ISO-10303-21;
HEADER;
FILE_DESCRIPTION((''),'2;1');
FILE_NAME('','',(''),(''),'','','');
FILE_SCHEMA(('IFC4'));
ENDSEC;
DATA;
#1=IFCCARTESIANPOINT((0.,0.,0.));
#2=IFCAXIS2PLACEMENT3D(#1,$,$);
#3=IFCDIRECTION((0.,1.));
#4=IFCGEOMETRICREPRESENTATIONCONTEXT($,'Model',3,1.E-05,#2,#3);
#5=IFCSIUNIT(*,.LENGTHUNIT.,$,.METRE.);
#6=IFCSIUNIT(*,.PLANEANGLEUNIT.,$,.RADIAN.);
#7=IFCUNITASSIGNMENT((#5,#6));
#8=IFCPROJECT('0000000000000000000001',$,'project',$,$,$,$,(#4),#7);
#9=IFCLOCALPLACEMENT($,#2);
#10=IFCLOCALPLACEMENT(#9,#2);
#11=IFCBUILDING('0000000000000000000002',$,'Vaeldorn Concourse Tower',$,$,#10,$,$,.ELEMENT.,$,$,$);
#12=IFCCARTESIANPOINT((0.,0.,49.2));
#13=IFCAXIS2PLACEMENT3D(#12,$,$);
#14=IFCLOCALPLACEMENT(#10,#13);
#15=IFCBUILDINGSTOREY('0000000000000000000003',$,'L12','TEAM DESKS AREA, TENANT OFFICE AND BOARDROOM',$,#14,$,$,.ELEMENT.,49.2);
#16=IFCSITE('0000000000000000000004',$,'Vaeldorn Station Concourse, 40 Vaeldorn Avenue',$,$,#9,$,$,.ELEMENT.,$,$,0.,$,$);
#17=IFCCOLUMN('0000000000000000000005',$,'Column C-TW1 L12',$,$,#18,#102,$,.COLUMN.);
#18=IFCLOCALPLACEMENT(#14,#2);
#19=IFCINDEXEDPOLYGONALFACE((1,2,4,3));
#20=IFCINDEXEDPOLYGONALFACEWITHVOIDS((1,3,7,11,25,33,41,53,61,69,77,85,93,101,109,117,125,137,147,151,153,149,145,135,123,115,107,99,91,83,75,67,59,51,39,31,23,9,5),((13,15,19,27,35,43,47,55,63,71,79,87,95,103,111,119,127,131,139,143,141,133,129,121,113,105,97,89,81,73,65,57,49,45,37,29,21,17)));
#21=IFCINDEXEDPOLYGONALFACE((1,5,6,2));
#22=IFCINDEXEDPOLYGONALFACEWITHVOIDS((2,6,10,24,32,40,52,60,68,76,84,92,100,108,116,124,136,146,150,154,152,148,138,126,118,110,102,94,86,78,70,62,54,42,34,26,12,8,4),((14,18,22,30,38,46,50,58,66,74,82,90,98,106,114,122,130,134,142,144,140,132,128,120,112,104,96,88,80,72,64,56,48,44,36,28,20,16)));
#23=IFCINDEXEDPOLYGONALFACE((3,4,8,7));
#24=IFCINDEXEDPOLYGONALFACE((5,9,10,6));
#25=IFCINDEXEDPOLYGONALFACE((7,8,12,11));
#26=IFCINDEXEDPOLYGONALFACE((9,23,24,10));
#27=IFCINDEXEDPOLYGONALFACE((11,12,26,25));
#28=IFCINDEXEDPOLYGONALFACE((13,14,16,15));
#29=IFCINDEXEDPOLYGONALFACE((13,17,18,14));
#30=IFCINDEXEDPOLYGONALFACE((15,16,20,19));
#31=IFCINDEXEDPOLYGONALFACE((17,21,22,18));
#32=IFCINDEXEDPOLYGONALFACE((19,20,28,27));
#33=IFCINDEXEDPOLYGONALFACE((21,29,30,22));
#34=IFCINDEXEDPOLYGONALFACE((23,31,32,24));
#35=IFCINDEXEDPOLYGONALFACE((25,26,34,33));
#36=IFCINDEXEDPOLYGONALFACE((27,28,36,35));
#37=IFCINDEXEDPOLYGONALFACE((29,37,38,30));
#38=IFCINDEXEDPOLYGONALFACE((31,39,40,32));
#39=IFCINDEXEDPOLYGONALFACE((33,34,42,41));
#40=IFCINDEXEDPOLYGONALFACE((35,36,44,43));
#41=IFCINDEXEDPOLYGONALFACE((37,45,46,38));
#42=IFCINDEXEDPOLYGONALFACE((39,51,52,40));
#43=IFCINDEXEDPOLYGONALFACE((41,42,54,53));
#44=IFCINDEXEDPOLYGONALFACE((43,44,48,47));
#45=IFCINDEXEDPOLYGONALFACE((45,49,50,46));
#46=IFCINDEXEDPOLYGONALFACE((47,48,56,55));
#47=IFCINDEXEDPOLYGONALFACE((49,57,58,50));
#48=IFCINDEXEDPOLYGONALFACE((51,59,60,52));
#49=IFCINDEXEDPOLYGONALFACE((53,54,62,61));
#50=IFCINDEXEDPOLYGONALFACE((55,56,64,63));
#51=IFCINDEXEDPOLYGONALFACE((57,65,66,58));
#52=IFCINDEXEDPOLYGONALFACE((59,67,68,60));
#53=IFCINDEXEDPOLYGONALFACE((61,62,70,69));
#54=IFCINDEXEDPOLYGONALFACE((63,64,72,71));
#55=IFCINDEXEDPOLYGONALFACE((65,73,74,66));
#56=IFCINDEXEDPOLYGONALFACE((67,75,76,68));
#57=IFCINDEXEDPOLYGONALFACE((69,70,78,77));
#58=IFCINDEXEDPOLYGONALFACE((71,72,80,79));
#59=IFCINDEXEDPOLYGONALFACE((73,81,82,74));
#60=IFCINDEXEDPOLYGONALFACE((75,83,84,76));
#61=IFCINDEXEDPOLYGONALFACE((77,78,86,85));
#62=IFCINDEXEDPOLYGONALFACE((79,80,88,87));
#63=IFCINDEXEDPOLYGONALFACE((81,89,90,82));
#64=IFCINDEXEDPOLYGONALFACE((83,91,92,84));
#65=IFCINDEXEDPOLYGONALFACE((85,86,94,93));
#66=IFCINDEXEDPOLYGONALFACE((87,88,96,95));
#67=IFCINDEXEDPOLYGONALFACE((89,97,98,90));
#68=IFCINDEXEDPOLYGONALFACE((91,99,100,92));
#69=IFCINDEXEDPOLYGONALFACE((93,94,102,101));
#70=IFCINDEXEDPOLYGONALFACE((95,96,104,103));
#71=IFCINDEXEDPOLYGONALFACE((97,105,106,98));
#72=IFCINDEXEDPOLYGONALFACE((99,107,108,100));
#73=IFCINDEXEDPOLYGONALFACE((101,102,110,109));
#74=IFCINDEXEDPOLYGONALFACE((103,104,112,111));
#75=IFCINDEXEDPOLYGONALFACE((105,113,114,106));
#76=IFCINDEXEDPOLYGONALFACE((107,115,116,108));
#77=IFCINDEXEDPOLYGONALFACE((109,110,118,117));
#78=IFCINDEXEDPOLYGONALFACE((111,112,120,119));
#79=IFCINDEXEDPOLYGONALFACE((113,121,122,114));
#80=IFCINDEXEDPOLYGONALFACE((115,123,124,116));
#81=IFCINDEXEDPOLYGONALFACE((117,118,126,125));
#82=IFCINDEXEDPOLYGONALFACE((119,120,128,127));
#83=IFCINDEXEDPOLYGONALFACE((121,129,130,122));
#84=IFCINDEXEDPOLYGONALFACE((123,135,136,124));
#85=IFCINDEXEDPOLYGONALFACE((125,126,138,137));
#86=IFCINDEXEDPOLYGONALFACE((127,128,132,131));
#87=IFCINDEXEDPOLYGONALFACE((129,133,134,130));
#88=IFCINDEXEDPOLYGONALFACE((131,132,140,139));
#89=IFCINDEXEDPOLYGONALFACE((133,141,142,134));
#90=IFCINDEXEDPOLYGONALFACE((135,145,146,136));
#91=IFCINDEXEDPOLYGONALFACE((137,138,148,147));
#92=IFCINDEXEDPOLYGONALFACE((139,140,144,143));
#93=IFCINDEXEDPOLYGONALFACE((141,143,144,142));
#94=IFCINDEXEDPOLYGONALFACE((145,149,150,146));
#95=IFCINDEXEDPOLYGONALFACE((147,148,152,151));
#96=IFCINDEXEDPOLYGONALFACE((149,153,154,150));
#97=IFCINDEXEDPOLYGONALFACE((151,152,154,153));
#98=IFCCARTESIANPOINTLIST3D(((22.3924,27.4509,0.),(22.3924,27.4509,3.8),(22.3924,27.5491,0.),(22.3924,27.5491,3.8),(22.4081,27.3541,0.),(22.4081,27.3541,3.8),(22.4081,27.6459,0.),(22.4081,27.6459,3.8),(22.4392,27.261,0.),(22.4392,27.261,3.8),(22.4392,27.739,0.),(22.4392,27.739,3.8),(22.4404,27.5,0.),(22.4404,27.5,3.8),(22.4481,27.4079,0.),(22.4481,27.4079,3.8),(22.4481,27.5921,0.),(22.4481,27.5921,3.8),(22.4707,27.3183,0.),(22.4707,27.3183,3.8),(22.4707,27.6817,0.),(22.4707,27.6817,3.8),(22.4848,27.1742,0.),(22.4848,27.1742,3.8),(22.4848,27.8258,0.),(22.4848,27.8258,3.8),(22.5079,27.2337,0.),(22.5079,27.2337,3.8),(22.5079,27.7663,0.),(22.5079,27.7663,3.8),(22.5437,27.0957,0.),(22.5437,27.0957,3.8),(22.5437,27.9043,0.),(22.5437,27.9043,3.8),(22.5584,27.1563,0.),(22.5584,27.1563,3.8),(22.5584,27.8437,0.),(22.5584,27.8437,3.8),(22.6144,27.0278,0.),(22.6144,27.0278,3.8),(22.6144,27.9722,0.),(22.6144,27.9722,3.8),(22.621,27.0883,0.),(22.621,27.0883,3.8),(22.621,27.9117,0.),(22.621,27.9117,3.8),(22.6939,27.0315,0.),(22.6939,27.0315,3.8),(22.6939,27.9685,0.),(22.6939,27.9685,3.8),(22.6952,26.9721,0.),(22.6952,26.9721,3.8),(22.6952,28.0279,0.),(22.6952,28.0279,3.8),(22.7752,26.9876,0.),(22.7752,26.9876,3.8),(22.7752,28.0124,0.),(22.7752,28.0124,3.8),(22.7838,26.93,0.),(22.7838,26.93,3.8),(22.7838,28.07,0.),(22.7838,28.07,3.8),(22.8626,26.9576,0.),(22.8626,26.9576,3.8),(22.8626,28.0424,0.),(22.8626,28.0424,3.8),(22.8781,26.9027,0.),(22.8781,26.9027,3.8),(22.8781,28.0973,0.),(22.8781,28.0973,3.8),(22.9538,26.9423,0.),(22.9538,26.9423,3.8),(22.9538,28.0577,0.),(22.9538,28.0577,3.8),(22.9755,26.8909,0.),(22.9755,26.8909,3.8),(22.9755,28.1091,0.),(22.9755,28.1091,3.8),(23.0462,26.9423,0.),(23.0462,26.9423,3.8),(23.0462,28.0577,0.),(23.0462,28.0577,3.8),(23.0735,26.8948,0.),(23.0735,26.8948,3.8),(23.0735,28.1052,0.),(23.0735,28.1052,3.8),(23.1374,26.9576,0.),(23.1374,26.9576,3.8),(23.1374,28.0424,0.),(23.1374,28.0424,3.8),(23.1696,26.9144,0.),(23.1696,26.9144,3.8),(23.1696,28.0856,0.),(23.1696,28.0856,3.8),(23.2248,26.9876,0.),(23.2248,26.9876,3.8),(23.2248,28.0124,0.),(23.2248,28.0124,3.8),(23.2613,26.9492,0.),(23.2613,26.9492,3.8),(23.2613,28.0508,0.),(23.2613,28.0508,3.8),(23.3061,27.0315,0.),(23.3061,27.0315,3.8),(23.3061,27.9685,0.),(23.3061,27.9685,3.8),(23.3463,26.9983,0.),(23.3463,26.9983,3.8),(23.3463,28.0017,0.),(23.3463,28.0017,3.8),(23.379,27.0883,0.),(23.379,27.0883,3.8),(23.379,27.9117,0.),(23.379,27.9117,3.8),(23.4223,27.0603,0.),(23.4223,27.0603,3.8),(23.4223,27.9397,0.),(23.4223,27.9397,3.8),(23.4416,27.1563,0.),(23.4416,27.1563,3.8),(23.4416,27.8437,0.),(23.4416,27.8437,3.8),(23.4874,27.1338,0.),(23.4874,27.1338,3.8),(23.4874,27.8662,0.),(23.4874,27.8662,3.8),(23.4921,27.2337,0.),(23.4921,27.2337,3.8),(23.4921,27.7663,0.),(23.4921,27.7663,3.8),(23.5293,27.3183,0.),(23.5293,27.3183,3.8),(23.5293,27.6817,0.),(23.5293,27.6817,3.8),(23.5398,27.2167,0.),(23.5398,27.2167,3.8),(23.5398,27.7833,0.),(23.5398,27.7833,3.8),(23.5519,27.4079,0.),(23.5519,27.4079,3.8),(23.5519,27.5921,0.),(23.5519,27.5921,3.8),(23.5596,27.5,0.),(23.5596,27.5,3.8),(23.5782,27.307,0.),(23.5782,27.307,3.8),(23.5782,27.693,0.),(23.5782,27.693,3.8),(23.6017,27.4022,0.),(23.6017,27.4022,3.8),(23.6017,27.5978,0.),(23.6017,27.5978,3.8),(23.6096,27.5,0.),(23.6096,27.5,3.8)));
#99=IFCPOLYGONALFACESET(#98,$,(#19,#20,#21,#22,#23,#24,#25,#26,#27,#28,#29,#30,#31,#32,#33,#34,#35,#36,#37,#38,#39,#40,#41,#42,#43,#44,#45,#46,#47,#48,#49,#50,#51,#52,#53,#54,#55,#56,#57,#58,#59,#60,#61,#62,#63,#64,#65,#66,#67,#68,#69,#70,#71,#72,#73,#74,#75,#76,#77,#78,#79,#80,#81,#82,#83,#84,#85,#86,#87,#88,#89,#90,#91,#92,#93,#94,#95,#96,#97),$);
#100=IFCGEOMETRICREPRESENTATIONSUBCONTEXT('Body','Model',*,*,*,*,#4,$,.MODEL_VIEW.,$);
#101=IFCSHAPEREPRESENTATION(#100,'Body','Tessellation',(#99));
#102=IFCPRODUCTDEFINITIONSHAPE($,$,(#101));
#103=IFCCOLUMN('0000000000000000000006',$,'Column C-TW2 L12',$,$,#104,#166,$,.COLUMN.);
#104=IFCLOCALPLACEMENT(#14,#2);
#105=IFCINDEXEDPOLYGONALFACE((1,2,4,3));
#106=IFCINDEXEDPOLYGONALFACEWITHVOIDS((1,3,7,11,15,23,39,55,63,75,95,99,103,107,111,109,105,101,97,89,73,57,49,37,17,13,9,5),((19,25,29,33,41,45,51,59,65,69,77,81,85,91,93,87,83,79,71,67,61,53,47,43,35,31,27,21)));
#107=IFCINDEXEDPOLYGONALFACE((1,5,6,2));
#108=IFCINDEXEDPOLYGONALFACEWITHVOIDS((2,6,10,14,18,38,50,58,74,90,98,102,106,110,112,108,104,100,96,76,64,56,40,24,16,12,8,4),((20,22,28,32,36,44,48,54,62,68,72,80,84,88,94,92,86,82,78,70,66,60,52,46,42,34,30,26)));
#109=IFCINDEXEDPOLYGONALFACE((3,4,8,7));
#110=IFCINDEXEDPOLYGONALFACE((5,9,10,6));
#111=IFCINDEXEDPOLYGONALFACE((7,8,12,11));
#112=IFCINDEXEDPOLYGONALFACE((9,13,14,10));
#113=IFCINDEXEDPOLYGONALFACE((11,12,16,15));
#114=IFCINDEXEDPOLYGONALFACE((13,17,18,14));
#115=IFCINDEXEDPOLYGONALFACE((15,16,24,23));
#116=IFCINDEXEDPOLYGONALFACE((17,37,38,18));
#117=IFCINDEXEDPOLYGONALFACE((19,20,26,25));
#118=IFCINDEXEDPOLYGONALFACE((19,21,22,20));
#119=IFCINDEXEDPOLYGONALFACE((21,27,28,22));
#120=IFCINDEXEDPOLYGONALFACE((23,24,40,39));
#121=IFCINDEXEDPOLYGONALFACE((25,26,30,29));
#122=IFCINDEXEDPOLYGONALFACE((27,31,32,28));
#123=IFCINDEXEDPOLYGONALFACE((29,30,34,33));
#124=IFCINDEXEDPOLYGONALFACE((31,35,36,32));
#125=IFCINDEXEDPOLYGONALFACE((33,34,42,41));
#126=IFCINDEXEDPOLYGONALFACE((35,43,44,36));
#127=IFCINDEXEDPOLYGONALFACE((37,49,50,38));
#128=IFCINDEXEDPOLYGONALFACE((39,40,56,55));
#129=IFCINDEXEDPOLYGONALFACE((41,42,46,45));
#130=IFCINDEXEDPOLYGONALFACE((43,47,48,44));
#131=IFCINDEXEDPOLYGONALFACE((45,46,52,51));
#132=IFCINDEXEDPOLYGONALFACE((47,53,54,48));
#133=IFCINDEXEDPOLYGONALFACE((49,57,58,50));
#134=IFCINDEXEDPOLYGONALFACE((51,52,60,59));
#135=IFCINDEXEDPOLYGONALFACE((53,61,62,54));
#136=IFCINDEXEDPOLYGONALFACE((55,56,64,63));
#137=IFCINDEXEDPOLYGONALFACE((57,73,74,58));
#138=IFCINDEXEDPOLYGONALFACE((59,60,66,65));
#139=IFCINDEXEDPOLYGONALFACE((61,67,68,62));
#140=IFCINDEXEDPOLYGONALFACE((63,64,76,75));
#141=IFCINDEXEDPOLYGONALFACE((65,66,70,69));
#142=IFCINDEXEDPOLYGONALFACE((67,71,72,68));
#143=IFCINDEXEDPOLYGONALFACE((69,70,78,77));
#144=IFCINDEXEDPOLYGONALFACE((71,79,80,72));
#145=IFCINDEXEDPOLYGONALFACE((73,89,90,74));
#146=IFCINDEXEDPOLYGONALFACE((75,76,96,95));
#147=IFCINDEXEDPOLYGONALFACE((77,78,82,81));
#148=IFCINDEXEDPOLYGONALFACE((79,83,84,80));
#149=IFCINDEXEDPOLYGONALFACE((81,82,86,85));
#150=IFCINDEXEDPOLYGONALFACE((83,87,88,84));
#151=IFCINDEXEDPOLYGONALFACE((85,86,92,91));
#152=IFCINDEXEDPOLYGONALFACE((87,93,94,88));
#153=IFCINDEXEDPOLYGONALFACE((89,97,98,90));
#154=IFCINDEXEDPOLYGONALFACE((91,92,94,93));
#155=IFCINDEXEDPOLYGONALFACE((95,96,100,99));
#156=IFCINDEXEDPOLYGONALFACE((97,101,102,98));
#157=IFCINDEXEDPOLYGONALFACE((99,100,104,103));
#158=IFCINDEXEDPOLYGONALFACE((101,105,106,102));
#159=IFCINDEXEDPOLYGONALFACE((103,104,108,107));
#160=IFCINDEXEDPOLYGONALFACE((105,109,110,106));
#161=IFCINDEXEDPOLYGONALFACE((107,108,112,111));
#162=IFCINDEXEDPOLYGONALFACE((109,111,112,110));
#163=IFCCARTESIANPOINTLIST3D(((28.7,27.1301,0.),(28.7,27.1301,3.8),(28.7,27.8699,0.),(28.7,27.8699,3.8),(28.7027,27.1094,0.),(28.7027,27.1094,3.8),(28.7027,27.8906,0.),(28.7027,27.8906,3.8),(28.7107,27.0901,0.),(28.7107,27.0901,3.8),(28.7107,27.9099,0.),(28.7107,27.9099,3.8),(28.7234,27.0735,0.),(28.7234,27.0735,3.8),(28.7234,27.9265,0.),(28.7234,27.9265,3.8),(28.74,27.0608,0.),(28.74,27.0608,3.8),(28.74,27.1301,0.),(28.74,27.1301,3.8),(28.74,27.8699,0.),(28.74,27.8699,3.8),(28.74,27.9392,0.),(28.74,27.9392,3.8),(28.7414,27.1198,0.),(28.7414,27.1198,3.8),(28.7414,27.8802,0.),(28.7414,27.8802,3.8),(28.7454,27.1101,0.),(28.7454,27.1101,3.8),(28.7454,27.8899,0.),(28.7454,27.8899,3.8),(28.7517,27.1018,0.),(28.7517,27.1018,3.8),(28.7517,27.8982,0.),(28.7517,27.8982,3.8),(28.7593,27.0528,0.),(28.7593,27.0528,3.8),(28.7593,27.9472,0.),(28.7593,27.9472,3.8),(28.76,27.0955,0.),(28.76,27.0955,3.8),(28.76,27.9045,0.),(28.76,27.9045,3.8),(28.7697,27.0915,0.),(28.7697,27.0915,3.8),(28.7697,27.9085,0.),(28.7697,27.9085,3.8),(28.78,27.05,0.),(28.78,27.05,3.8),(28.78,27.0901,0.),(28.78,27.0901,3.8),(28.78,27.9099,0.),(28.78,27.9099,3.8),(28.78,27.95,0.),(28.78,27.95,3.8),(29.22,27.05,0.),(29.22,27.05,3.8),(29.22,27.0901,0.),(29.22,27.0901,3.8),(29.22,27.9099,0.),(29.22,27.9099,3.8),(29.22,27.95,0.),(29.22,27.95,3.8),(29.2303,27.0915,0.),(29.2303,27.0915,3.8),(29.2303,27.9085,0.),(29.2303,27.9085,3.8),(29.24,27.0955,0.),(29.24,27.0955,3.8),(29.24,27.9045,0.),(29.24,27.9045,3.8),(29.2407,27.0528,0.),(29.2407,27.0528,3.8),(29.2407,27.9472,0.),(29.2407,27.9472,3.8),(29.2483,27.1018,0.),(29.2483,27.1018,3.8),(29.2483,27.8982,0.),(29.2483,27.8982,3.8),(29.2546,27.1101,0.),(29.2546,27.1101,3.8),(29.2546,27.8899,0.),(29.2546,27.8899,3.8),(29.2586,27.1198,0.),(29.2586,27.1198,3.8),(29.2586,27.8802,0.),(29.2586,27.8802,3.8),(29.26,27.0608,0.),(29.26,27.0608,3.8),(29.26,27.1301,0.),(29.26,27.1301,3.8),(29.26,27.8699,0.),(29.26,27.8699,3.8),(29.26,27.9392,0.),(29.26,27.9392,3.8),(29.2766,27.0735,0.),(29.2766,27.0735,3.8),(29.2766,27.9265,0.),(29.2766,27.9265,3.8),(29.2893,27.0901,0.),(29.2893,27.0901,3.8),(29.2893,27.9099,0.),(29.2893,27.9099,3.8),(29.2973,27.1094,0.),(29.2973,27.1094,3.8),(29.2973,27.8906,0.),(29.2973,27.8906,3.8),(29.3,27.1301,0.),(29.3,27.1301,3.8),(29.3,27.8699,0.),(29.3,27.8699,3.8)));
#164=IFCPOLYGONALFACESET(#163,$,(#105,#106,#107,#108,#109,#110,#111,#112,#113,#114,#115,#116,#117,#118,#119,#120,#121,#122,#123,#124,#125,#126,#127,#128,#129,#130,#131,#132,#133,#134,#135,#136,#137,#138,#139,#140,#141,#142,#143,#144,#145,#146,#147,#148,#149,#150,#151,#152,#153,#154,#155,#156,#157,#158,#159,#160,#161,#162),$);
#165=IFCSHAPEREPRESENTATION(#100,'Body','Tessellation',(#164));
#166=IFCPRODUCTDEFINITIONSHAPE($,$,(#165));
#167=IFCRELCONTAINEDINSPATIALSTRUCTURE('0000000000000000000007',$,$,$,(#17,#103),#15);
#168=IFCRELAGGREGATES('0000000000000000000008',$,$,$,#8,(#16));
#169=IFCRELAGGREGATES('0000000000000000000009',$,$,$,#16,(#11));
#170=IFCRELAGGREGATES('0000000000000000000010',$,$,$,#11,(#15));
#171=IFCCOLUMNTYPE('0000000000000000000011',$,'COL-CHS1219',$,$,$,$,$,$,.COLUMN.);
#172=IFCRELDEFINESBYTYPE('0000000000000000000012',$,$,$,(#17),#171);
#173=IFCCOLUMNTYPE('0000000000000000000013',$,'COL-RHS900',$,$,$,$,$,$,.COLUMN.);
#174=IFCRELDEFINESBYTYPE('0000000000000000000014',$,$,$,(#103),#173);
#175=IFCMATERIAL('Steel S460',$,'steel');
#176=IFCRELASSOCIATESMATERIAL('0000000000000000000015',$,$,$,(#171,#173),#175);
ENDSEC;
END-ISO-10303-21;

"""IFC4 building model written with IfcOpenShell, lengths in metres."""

from ifc_helpers import new_model, si_unit, direction, frame, origin, origin_2d, place, context, subcontext, project, spatial, hollow_rectangle, hollow_circle, extrude, source, transform, mapped, material, material_profile, profile_set, type_object, element, save


model = new_model("IFC4")

# Units and contexts
model_context = context("Model", 3, precision=1e-05, world=origin(), true_north=direction((0.0, 1.0)))
body_context = subcontext(model_context, "Body", "Model", "MODEL_VIEW")
ifc_project = project(units=[si_unit("LENGTHUNIT", "METRE"), si_unit("PLANEANGLEUNIT", "RADIAN")], contexts=[model_context])

# Site, building, storey
site_placement = place(None, origin())
site = spatial("IfcSite", under=ifc_project, at=site_placement, Name="Vaeldorn Station Concourse, 40 Vaeldorn Avenue", CompositionType="ELEMENT", RefElevation=0.0)
building_placement = place(site_placement, origin())
building = spatial("IfcBuilding", under=site, at=building_placement, Name="Vaeldorn Concourse Tower", CompositionType="ELEMENT")
storey_placement = place(building_placement, frame((0.0, 0.0, 49.2)))
storey = spatial("IfcBuildingStorey", under=building, at=storey_placement, Name="L12", Description="TEAM DESKS AREA, TENANT OFFICE AND BOARDROOM", CompositionType="ELEMENT", Elevation=49.2)

# Columns
ifc_material_1 = material(Name="Steel S460", Category="steel")
ifc_material_profile_1 = material_profile(ifc_material_1, hollow_circle(Radius=0.6096, WallThickness=0.05, at=origin_2d()), Name="CHS 1219x50")
ifc_profile_set_1 = profile_set([ifc_material_profile_1], Name="Steel S460")
column_type_1 = type_object("IfcColumnType", Name="COL-CHS1219", PredefinedType="COLUMN", material=ifc_profile_set_1)
shared_shape_1 = source(origin(), body_context, "Body", "SweptSolid", [
    extrude(hollow_circle(Radius=0.6096, WallThickness=0.05, at=origin_2d()), origin(), (0.0, 0.0, 1.0), 3.8),
])
column_1_placement = place(storey_placement, frame((23.0, 27.5, 0.0), z_axis=(0.0, 0.0, 1.0), x_axis=(1.0, 0.0, 0.0)))
element("IfcColumn", 1, at=column_1_placement, inside=storey, type_object=column_type_1, Name="Column C-TW1 L12", PredefinedType="COLUMN", context=body_context, shape_type="MappedRepresentation", body=[
    mapped(shared_shape_1, transform((0.0, 0.0, 0.0), scale=1.0)),
])
ifc_material_profile_2 = material_profile(ifc_material_1, hollow_rectangle(XDim=0.6001, YDim=0.8999, WallThickness=0.04, InnerFilletRadius=0.04, OuterFilletRadius=0.0801, at=origin_2d()), Name="RHS 900x600x40")
ifc_profile_set_2 = profile_set([ifc_material_profile_2], Name="Steel S460")
column_type_2 = type_object("IfcColumnType", Name="COL-RHS900", PredefinedType="COLUMN", material=ifc_profile_set_2)
shared_shape_2 = source(origin(), body_context, "Body", "SweptSolid", [
    extrude(hollow_rectangle(XDim=0.6001, YDim=0.8999, WallThickness=0.04, InnerFilletRadius=0.04, OuterFilletRadius=0.0801, at=origin_2d()), origin(), (0.0, 0.0, 1.0), 3.8),
])
for number, where, z_axis, x_axis, name in (
    (2, (29.0, 27.5, 0.0), (0.0, 0.0, 1.0), (1.0, 0.0, 0.0), "Column C-TW2 L12"),
):
    element("IfcColumn", number, at=place(storey_placement, frame(where, z_axis=z_axis, x_axis=x_axis)), inside=storey, type_object=column_type_2, Name=name, PredefinedType="COLUMN", context=body_context, shape_type="MappedRepresentation", body=[
        mapped(shared_shape_2, transform((0.0, 0.0, 0.0), scale=1.0)),
    ])

save(model, "model.ifc")
